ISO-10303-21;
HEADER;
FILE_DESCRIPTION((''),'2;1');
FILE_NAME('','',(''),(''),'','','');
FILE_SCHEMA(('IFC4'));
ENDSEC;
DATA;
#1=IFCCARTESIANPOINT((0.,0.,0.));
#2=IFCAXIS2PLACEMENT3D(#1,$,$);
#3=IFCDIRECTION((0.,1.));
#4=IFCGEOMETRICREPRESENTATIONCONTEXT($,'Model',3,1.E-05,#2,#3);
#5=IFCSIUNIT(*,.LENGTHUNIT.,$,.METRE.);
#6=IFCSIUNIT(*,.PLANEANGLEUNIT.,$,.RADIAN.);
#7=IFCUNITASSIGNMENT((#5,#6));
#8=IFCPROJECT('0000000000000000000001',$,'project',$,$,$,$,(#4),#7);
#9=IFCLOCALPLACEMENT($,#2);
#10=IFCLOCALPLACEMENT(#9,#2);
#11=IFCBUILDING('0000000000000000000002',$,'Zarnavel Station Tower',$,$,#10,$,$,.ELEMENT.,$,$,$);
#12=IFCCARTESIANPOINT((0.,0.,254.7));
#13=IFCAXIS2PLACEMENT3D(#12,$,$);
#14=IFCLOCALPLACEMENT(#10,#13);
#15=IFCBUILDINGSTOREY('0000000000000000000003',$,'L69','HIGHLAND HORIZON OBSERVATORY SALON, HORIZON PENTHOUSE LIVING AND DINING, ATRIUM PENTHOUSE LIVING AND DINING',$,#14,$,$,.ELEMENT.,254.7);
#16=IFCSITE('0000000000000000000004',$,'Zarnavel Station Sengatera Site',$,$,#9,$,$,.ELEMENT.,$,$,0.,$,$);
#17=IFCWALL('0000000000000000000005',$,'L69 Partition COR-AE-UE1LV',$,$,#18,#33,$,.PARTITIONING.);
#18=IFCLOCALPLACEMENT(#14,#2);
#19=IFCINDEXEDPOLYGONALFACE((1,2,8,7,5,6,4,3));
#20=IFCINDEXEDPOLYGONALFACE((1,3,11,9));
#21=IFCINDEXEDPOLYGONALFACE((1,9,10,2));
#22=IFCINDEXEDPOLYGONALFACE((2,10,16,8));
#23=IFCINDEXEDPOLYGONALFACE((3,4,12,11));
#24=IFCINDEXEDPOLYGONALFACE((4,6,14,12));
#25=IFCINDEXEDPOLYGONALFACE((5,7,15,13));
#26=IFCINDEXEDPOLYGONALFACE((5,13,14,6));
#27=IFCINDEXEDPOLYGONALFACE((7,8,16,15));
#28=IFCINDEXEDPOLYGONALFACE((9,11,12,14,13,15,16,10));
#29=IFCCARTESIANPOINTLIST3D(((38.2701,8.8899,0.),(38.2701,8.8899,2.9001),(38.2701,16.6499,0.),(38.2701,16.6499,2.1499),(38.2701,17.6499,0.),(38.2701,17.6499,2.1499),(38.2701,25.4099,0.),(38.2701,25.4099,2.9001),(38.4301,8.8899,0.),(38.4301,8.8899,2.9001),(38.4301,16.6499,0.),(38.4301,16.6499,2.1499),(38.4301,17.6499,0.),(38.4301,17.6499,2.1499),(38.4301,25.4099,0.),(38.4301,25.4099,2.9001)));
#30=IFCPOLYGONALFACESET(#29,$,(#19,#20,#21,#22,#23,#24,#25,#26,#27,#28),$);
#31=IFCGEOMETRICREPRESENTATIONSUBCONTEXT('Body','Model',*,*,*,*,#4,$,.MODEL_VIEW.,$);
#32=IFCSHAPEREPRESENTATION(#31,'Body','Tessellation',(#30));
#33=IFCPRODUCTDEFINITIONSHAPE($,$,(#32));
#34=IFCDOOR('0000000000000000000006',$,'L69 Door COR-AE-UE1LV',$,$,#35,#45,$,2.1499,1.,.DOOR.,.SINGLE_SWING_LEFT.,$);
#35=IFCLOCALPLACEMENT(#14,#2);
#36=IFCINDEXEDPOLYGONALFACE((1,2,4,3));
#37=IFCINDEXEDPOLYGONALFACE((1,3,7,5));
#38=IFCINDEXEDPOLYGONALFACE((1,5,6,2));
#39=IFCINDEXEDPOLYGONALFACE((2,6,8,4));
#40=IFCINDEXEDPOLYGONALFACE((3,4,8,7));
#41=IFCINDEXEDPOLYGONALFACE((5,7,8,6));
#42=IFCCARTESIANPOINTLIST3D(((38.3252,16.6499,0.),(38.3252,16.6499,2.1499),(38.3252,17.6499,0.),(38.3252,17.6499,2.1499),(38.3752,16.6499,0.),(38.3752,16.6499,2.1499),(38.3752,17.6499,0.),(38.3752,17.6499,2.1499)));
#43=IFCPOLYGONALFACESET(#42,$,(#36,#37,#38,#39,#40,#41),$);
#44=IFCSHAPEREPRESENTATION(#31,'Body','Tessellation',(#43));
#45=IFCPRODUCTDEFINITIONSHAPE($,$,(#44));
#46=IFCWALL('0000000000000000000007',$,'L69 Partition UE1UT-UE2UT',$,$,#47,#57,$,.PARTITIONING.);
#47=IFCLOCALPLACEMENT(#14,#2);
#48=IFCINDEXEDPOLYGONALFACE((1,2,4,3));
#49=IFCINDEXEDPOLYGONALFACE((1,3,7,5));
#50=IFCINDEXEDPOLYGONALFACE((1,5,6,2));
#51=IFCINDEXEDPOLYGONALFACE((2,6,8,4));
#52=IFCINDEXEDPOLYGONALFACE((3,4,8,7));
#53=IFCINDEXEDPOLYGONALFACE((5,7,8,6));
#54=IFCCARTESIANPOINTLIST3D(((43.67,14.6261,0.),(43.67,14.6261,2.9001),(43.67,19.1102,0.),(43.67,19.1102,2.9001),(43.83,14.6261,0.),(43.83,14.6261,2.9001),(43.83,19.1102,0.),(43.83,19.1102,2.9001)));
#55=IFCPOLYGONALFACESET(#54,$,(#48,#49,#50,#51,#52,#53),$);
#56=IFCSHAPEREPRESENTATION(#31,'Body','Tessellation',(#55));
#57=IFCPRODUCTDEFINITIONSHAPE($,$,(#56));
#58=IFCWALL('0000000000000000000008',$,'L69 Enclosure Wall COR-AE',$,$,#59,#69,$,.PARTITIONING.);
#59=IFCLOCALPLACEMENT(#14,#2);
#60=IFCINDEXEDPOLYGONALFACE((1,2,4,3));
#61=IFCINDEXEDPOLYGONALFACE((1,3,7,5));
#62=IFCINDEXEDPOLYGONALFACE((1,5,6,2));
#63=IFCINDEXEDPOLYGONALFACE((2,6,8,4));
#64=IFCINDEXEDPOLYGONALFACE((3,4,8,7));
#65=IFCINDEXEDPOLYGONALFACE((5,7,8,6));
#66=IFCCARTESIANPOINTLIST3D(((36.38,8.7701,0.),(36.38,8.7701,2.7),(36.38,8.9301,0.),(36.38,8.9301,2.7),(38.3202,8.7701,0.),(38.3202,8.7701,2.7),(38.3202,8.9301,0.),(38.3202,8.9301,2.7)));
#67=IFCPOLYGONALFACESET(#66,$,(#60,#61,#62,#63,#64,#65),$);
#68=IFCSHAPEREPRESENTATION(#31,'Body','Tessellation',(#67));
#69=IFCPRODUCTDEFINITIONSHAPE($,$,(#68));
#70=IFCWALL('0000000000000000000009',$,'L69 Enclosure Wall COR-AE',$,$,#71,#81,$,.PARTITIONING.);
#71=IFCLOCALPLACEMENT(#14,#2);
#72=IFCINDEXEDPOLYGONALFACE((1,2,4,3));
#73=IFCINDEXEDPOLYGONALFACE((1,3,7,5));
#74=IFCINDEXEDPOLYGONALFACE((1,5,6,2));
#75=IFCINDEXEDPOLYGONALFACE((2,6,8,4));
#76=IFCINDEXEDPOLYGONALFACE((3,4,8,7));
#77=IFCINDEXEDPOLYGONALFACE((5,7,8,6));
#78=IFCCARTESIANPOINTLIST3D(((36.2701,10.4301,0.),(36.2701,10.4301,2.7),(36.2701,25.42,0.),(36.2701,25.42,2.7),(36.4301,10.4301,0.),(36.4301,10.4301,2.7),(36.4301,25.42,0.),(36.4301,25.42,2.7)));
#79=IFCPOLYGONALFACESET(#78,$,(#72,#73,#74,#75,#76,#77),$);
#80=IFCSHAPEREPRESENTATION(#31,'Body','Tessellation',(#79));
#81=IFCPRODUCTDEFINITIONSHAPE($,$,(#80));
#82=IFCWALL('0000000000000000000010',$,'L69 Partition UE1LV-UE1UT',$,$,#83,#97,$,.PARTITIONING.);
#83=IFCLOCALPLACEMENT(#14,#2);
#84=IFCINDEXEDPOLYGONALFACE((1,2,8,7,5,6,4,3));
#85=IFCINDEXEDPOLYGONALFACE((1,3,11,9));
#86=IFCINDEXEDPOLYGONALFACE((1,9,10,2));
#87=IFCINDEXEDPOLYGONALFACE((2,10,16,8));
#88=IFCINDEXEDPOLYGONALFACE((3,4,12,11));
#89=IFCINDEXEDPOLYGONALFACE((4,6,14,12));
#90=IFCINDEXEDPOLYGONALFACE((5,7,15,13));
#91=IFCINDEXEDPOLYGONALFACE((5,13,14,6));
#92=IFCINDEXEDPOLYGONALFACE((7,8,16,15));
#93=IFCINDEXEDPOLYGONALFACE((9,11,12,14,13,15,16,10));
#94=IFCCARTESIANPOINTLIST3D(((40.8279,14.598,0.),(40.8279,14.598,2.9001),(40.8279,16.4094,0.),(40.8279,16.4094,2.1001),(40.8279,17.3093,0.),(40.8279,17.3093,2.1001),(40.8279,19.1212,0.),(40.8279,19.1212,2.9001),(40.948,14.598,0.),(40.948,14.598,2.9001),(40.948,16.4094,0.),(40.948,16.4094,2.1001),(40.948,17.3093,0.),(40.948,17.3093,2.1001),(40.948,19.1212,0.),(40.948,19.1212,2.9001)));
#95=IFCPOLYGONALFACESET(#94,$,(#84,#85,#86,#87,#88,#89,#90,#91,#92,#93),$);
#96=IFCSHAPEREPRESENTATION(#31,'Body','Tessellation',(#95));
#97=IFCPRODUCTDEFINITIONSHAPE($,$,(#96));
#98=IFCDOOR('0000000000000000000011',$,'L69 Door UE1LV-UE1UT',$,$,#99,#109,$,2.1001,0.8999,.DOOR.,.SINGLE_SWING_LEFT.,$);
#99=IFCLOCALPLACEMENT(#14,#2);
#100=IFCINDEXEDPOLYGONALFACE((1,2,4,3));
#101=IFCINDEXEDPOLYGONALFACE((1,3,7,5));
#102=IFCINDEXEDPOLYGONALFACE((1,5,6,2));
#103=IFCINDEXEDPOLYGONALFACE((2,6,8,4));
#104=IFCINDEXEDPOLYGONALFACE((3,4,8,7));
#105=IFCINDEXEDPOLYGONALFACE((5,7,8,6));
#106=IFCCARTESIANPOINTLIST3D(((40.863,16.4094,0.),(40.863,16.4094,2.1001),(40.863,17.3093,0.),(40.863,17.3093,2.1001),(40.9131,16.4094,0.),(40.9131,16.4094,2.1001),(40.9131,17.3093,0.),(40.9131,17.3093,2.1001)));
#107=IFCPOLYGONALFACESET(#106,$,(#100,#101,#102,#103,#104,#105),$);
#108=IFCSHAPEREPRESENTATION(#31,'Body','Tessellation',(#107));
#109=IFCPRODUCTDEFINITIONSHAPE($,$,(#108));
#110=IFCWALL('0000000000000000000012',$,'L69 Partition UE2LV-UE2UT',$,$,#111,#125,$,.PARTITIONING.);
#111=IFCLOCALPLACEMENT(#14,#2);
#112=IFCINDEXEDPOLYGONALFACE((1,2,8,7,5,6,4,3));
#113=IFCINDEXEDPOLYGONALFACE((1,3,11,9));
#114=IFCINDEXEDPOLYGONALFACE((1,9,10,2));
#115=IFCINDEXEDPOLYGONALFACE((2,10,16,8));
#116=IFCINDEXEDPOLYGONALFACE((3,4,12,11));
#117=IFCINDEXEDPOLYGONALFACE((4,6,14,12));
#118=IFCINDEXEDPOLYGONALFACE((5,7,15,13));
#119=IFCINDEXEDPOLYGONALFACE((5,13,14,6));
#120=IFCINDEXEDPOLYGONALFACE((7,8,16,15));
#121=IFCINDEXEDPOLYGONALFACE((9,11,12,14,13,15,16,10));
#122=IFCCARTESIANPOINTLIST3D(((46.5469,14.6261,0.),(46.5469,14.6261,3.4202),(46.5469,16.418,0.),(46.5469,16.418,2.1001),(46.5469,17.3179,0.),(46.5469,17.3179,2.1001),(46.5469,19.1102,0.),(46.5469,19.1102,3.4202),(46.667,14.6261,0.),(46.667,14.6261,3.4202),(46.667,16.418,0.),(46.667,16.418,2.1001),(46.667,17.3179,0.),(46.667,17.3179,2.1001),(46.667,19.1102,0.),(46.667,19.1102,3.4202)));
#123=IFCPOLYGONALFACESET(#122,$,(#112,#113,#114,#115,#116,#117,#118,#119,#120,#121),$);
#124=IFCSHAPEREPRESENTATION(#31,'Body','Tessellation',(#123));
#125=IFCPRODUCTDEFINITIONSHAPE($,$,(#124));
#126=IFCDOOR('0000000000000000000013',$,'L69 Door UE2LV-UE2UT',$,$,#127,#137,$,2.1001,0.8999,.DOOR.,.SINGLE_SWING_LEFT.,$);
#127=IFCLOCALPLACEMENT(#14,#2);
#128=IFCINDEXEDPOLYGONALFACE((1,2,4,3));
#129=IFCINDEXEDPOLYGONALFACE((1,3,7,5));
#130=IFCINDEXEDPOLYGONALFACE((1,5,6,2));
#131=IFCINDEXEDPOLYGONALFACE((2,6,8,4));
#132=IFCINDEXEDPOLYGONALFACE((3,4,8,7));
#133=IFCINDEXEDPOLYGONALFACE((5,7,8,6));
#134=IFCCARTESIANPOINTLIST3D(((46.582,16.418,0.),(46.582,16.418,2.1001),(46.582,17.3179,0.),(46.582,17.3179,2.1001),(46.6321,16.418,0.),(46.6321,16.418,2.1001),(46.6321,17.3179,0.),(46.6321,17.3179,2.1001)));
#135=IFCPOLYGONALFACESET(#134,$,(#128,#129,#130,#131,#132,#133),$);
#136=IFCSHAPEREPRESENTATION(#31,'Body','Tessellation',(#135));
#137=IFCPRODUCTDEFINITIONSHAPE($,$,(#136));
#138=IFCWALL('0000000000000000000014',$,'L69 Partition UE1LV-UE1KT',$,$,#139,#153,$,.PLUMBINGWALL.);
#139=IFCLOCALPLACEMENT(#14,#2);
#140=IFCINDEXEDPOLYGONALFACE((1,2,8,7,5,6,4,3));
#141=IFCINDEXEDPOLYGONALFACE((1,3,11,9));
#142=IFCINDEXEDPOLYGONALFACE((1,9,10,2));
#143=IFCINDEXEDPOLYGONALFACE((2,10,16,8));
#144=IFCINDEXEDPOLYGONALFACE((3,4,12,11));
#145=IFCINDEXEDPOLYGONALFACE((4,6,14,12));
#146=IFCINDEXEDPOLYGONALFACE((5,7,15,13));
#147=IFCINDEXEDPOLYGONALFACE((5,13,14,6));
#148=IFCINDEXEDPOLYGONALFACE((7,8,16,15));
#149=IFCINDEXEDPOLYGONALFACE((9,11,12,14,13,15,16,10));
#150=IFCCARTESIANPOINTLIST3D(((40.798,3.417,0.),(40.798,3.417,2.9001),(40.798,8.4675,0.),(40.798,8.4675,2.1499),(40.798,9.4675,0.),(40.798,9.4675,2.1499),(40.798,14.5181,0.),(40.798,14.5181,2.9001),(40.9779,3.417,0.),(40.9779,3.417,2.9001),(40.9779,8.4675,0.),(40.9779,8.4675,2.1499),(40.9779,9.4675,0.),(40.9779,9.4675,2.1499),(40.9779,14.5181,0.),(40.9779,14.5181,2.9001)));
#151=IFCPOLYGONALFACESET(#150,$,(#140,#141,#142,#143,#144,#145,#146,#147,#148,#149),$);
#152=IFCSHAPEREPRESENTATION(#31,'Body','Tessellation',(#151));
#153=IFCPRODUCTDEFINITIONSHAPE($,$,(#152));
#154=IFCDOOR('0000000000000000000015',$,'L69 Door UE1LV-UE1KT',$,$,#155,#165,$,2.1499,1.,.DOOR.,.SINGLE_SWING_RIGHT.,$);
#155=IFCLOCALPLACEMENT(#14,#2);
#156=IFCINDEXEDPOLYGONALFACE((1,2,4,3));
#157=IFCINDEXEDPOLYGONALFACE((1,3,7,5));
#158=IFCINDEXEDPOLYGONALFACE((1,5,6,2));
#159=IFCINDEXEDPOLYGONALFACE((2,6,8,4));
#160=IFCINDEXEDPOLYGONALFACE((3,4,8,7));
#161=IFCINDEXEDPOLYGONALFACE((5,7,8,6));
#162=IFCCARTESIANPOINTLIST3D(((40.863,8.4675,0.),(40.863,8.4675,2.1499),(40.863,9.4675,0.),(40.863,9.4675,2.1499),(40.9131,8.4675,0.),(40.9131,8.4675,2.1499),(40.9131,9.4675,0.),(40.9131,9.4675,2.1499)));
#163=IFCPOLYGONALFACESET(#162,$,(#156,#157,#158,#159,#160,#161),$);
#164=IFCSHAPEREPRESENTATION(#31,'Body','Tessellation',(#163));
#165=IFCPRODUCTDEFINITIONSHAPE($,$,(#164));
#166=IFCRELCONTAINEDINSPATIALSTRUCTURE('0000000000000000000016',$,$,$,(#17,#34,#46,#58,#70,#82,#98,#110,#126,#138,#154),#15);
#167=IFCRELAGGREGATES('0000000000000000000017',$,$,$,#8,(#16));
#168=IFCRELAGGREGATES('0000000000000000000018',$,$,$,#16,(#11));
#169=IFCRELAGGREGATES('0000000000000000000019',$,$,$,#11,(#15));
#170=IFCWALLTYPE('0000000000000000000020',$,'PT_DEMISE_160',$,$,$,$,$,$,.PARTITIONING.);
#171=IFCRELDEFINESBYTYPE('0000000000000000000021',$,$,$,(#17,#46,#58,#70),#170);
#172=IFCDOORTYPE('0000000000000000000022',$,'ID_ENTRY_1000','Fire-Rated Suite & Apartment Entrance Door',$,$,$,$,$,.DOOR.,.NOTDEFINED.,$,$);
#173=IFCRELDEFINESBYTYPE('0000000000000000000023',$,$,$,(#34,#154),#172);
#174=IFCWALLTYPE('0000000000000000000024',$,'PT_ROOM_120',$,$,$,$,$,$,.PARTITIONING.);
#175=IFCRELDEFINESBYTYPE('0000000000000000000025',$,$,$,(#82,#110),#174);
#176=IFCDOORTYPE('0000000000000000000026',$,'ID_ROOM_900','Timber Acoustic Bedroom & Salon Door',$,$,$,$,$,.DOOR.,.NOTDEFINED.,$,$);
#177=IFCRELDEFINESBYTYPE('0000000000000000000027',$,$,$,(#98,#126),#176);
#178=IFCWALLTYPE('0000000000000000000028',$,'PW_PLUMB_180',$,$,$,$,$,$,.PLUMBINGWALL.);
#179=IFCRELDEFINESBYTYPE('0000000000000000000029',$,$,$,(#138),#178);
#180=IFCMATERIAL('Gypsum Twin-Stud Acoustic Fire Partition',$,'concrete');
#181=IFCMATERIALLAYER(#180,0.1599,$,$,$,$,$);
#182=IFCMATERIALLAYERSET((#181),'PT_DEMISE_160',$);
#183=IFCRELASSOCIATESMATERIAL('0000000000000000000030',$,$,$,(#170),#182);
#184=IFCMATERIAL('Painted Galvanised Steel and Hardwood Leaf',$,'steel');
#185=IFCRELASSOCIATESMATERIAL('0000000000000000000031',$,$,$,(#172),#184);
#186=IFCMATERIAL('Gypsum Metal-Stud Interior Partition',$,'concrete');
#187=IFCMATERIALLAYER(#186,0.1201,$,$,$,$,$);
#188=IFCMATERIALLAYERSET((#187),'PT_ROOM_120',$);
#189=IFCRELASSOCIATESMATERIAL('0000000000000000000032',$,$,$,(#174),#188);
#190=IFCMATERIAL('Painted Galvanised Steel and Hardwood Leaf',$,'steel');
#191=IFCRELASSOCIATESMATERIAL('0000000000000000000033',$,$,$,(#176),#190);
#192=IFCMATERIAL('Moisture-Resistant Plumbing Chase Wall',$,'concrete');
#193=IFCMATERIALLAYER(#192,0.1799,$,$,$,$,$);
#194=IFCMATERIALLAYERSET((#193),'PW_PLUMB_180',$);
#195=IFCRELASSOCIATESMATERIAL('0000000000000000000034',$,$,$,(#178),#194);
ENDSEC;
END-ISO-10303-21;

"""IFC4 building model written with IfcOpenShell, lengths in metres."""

from ifc_helpers import new_model, si_unit, direction, frame, frame_2d, origin, place, context, subcontext, project, spatial, rectangle, extrude, material, layer, layer_set, type_object, element, fill, save


model = new_model("IFC4")

# Units and contexts
model_context = context("Model", 3, precision=1e-05, world=origin(), true_north=direction((0.0, 1.0)))
body_context = subcontext(model_context, "Body", "Model", "MODEL_VIEW")
ifc_project = project(units=[si_unit("LENGTHUNIT", "METRE"), si_unit("PLANEANGLEUNIT", "RADIAN")], contexts=[model_context])

# Site, building, storey
site_placement = place(None, origin())
site = spatial("IfcSite", under=ifc_project, at=site_placement, Name="Zarnavel Station Sengatera Site", CompositionType="ELEMENT", RefElevation=0.0)
building_placement = place(site_placement, origin())
building = spatial("IfcBuilding", under=site, at=building_placement, Name="Zarnavel Station Tower", CompositionType="ELEMENT")
storey_placement = place(building_placement, frame((0.0, 0.0, 254.7)))
storey = spatial("IfcBuildingStorey", under=building, at=storey_placement, Name="L69", Description="HIGHLAND HORIZON OBSERVATORY SALON, HORIZON PENTHOUSE LIVING AND DINING, ATRIUM PENTHOUSE LIVING AND DINING", CompositionType="ELEMENT", Elevation=254.7)

# Wall, opening, door
ifc_material_1 = material(Name="Gypsum Twin-Stud Acoustic Fire Partition", Category="concrete")
ifc_layer_1 = layer(ifc_material_1, 0.1599)
ifc_layer_set_1 = layer_set([ifc_layer_1], Name="PT_DEMISE_160")
wall_type_1 = type_object("IfcWallType", Name="PT_DEMISE_160", PredefinedType="PARTITIONING", material=ifc_layer_set_1)
wall_1_placement = place(storey_placement, frame((38.3501, 8.8899, 0.0), z_axis=(0.0, 0.0, 1.0), x_axis=(0.0, 1.0, 0.0)))
wall_1 = element("IfcWall", 1, at=wall_1_placement, inside=storey, type_object=wall_type_1, Name="L69 Partition COR-AE-UE1LV", PredefinedType="PARTITIONING", context=body_context, shape_type="SweptSolid", body=[
    extrude(rectangle(XDim=16.52, YDim=0.1599, at=frame_2d((8.26, 0.0))), origin(), (0.0, 0.0, 1.0), 2.9001),
])
opening_1_placement = place(wall_1_placement, frame((7.76, 0.0, 0.0)))
opening_1 = element("IfcOpeningElement", 2, at=opening_1_placement, cuts=wall_1, PredefinedType="OPENING", context=body_context, shape_type="SweptSolid", body=[
    extrude(rectangle(XDim=1.0, YDim=2.1499, at=frame_2d((0.5, 1.075))), frame((0.0, 0.0898, 0.0), z_axis=(0.0, -1.0, 0.0), x_axis=(1.0, 0.0, 0.0)), (0.0, 0.0, 1.0), 0.1799),
])
ifc_material_2 = material(Name="Painted Galvanised Steel and Hardwood Leaf", Category="steel")
door_type_1 = type_object("IfcDoorType", Name="ID_ENTRY_1000", Description="Fire-Rated Suite & Apartment Entrance Door", OperationType="NOTDEFINED", PredefinedType="DOOR", material=ifc_material_2)
door_1_placement = place(opening_1_placement, origin())
door_1 = element("IfcDoor", 3, at=door_1_placement, inside=storey, type_object=door_type_1, Name="L69 Door COR-AE-UE1LV", OperationType="SINGLE_SWING_LEFT", OverallHeight=2.1499, OverallWidth=1.0, PredefinedType="DOOR", context=body_context, shape_type="SweptSolid", body=[
    extrude(rectangle(XDim=1.0, YDim=2.1499, at=frame_2d((0.5, 1.075))), frame((0.0, 0.0249, 0.0), z_axis=(0.0, -1.0, 0.0), x_axis=(1.0, 0.0, 0.0)), (0.0, 0.0, 1.0), 0.05),
])
fill(opening_1, door_1)

# Walls
wall_2_placement = place(storey_placement, frame((43.75, 14.626, 0.0), z_axis=(0.0, 0.0, 1.0), x_axis=(0.0, 1.0, 0.0)))
element("IfcWall", 4, at=wall_2_placement, inside=storey, type_object=wall_type_1, Name="L69 Partition UE1UT-UE2UT", PredefinedType="PARTITIONING", context=body_context, shape_type="SweptSolid", body=[
    extrude(rectangle(XDim=4.4841, YDim=0.1599, at=frame_2d((2.2422, 0.0))), origin(), (0.0, 0.0, 1.0), 2.9001),
])
wall_3_placement = place(storey_placement, frame((36.3799, 8.8501, 0.0), z_axis=(0.0, 0.0, 1.0), x_axis=(1.0, 0.0, 0.0)))
element("IfcWall", 5, at=wall_3_placement, inside=storey, type_object=wall_type_1, Name="L69 Enclosure Wall COR-AE", PredefinedType="PARTITIONING", context=body_context, shape_type="SweptSolid", body=[
    extrude(rectangle(XDim=1.9402, YDim=0.1599, at=frame_2d((0.9702, 0.0))), origin(), (0.0, 0.0, 1.0), 2.7),
])
wall_4_placement = place(storey_placement, frame((36.3501, 10.4299, 0.0), z_axis=(0.0, 0.0, 1.0), x_axis=(0.0, 1.0, 0.0)))
element("IfcWall", 6, at=wall_4_placement, inside=storey, type_object=wall_type_1, Name="L69 Enclosure Wall COR-AE", PredefinedType="PARTITIONING", context=body_context, shape_type="SweptSolid", body=[
    extrude(rectangle(XDim=14.99, YDim=0.1599, at=frame_2d((7.4951, 0.0))), origin(), (0.0, 0.0, 1.0), 2.7),
])

# Walls, openings, doors
ifc_material_3 = material(Name="Gypsum Metal-Stud Interior Partition", Category="concrete")
ifc_layer_2 = layer(ifc_material_3, 0.1201)
ifc_layer_set_2 = layer_set([ifc_layer_2], Name="PT_ROOM_120")
wall_type_2 = type_object("IfcWallType", Name="PT_ROOM_120", PredefinedType="PARTITIONING", material=ifc_layer_set_2)
wall_5_placement = place(storey_placement, frame((40.8879, 14.5979, 0.0), z_axis=(0.0, 0.0, 1.0), x_axis=(0.0, 1.0, 0.0)))
wall_5 = element("IfcWall", 7, at=wall_5_placement, inside=storey, type_object=wall_type_2, Name="L69 Partition UE1LV-UE1UT", PredefinedType="PARTITIONING", context=body_context, shape_type="SweptSolid", body=[
    extrude(rectangle(XDim=4.5232, YDim=0.1201, at=frame_2d((2.2617, 0.0))), origin(), (0.0, 0.0, 1.0), 2.9001),
])
opening_2_placement = place(wall_5_placement, frame((1.8115, 0.0, 0.0)))
opening_2 = element("IfcOpeningElement", 8, at=opening_2_placement, cuts=wall_5, PredefinedType="OPENING", context=body_context, shape_type="SweptSolid", body=[
    extrude(rectangle(XDim=0.8999, YDim=2.1001, at=frame_2d((0.45, 1.05))), frame((0.0, 0.0701, 0.0), z_axis=(0.0, -1.0, 0.0), x_axis=(1.0, 0.0, 0.0)), (0.0, 0.0, 1.0), 0.1401),
])
ifc_material_4 = material(Name="Painted Galvanised Steel and Hardwood Leaf", Category="steel")
door_type_2 = type_object("IfcDoorType", Name="ID_ROOM_900", Description="Timber Acoustic Bedroom & Salon Door", OperationType="NOTDEFINED", PredefinedType="DOOR", material=ifc_material_4)
door_2_placement = place(opening_2_placement, origin())
door_2 = element("IfcDoor", 9, at=door_2_placement, inside=storey, type_object=door_type_2, Name="L69 Door UE1LV-UE1UT", OperationType="SINGLE_SWING_LEFT", OverallHeight=2.1001, OverallWidth=0.8999, PredefinedType="DOOR", context=body_context, shape_type="SweptSolid", body=[
    extrude(rectangle(XDim=0.8999, YDim=2.1001, at=frame_2d((0.45, 1.05))), frame((0.0, 0.0249, 0.0), z_axis=(0.0, -1.0, 0.0), x_axis=(1.0, 0.0, 0.0)), (0.0, 0.0, 1.0), 0.05),
])
fill(opening_2, door_2)
wall_6_placement = place(storey_placement, frame((46.6069, 14.626, 0.0), z_axis=(0.0, 0.0, 1.0), x_axis=(0.0, 1.0, 0.0)))
wall_6 = element("IfcWall", 10, at=wall_6_placement, inside=storey, type_object=wall_type_2, Name="L69 Partition UE2LV-UE2UT", PredefinedType="PARTITIONING", context=body_context, shape_type="SweptSolid", body=[
    extrude(rectangle(XDim=4.4841, YDim=0.1201, at=frame_2d((2.2422, 0.0))), origin(), (0.0, 0.0, 1.0), 3.4202),
])
opening_3_placement = place(wall_6_placement, frame((1.792, 0.0, 0.0)))
opening_3 = element("IfcOpeningElement", 11, at=opening_3_placement, cuts=wall_6, PredefinedType="OPENING", context=body_context, shape_type="SweptSolid", body=[
    extrude(rectangle(XDim=0.8999, YDim=2.1001, at=frame_2d((0.45, 1.05))), frame((0.0, 0.0701, 0.0), z_axis=(0.0, -1.0, 0.0), x_axis=(1.0, 0.0, 0.0)), (0.0, 0.0, 1.0), 0.1401),
])
door_3_placement = place(opening_3_placement, origin())
door_3 = element("IfcDoor", 12, at=door_3_placement, inside=storey, type_object=door_type_2, Name="L69 Door UE2LV-UE2UT", OperationType="SINGLE_SWING_LEFT", OverallHeight=2.1001, OverallWidth=0.8999, PredefinedType="DOOR", context=body_context, shape_type="SweptSolid", body=[
    extrude(rectangle(XDim=0.8999, YDim=2.1001, at=frame_2d((0.45, 1.05))), frame((0.0, 0.0249, 0.0), z_axis=(0.0, -1.0, 0.0), x_axis=(1.0, 0.0, 0.0)), (0.0, 0.0, 1.0), 0.05),
])
fill(opening_3, door_3)
ifc_material_5 = material(Name="Moisture-Resistant Plumbing Chase Wall", Category="concrete")
ifc_layer_3 = layer(ifc_material_5, 0.1799)
ifc_layer_set_3 = layer_set([ifc_layer_3], Name="PW_PLUMB_180")
wall_type_3 = type_object("IfcWallType", Name="PW_PLUMB_180", PredefinedType="PLUMBINGWALL", material=ifc_layer_set_3)
wall_7_placement = place(storey_placement, frame((40.8879, 3.417, 0.0), z_axis=(0.0, 0.0, 1.0), x_axis=(0.0, 1.0, 0.0)))
wall_7 = element("IfcWall", 13, at=wall_7_placement, inside=storey, type_object=wall_type_3, Name="L69 Partition UE1LV-UE1KT", PredefinedType="PLUMBINGWALL", context=body_context, shape_type="SweptSolid", body=[
    extrude(rectangle(XDim=11.1011, YDim=0.1799, at=frame_2d((5.5505, 0.0))), origin(), (0.0, 0.0, 1.0), 2.9001),
])
opening_4_placement = place(wall_7_placement, frame((5.0505, 0.0, 0.0)))
opening_4 = element("IfcOpeningElement", 14, at=opening_4_placement, cuts=wall_7, PredefinedType="OPENING", context=body_context, shape_type="SweptSolid", body=[
    extrude(rectangle(XDim=1.0, YDim=2.1499, at=frame_2d((0.5, 1.075))), frame((0.0, 0.0999, 0.0), z_axis=(0.0, -1.0, 0.0), x_axis=(1.0, 0.0, 0.0)), (0.0, 0.0, 1.0), 0.2),
])
door_4_placement = place(opening_4_placement, origin())
door_4 = element("IfcDoor", 15, at=door_4_placement, inside=storey, type_object=door_type_1, Name="L69 Door UE1LV-UE1KT", OperationType="SINGLE_SWING_RIGHT", OverallHeight=2.1499, OverallWidth=1.0, PredefinedType="DOOR", context=body_context, shape_type="SweptSolid", body=[
    extrude(rectangle(XDim=1.0, YDim=2.1499, at=frame_2d((0.5, 1.075))), frame((0.0, 0.0249, 0.0), z_axis=(0.0, -1.0, 0.0), x_axis=(1.0, 0.0, 0.0)), (0.0, 0.0, 1.0), 0.05),
])
fill(opening_4, door_4)

save(model, "model.ifc")
